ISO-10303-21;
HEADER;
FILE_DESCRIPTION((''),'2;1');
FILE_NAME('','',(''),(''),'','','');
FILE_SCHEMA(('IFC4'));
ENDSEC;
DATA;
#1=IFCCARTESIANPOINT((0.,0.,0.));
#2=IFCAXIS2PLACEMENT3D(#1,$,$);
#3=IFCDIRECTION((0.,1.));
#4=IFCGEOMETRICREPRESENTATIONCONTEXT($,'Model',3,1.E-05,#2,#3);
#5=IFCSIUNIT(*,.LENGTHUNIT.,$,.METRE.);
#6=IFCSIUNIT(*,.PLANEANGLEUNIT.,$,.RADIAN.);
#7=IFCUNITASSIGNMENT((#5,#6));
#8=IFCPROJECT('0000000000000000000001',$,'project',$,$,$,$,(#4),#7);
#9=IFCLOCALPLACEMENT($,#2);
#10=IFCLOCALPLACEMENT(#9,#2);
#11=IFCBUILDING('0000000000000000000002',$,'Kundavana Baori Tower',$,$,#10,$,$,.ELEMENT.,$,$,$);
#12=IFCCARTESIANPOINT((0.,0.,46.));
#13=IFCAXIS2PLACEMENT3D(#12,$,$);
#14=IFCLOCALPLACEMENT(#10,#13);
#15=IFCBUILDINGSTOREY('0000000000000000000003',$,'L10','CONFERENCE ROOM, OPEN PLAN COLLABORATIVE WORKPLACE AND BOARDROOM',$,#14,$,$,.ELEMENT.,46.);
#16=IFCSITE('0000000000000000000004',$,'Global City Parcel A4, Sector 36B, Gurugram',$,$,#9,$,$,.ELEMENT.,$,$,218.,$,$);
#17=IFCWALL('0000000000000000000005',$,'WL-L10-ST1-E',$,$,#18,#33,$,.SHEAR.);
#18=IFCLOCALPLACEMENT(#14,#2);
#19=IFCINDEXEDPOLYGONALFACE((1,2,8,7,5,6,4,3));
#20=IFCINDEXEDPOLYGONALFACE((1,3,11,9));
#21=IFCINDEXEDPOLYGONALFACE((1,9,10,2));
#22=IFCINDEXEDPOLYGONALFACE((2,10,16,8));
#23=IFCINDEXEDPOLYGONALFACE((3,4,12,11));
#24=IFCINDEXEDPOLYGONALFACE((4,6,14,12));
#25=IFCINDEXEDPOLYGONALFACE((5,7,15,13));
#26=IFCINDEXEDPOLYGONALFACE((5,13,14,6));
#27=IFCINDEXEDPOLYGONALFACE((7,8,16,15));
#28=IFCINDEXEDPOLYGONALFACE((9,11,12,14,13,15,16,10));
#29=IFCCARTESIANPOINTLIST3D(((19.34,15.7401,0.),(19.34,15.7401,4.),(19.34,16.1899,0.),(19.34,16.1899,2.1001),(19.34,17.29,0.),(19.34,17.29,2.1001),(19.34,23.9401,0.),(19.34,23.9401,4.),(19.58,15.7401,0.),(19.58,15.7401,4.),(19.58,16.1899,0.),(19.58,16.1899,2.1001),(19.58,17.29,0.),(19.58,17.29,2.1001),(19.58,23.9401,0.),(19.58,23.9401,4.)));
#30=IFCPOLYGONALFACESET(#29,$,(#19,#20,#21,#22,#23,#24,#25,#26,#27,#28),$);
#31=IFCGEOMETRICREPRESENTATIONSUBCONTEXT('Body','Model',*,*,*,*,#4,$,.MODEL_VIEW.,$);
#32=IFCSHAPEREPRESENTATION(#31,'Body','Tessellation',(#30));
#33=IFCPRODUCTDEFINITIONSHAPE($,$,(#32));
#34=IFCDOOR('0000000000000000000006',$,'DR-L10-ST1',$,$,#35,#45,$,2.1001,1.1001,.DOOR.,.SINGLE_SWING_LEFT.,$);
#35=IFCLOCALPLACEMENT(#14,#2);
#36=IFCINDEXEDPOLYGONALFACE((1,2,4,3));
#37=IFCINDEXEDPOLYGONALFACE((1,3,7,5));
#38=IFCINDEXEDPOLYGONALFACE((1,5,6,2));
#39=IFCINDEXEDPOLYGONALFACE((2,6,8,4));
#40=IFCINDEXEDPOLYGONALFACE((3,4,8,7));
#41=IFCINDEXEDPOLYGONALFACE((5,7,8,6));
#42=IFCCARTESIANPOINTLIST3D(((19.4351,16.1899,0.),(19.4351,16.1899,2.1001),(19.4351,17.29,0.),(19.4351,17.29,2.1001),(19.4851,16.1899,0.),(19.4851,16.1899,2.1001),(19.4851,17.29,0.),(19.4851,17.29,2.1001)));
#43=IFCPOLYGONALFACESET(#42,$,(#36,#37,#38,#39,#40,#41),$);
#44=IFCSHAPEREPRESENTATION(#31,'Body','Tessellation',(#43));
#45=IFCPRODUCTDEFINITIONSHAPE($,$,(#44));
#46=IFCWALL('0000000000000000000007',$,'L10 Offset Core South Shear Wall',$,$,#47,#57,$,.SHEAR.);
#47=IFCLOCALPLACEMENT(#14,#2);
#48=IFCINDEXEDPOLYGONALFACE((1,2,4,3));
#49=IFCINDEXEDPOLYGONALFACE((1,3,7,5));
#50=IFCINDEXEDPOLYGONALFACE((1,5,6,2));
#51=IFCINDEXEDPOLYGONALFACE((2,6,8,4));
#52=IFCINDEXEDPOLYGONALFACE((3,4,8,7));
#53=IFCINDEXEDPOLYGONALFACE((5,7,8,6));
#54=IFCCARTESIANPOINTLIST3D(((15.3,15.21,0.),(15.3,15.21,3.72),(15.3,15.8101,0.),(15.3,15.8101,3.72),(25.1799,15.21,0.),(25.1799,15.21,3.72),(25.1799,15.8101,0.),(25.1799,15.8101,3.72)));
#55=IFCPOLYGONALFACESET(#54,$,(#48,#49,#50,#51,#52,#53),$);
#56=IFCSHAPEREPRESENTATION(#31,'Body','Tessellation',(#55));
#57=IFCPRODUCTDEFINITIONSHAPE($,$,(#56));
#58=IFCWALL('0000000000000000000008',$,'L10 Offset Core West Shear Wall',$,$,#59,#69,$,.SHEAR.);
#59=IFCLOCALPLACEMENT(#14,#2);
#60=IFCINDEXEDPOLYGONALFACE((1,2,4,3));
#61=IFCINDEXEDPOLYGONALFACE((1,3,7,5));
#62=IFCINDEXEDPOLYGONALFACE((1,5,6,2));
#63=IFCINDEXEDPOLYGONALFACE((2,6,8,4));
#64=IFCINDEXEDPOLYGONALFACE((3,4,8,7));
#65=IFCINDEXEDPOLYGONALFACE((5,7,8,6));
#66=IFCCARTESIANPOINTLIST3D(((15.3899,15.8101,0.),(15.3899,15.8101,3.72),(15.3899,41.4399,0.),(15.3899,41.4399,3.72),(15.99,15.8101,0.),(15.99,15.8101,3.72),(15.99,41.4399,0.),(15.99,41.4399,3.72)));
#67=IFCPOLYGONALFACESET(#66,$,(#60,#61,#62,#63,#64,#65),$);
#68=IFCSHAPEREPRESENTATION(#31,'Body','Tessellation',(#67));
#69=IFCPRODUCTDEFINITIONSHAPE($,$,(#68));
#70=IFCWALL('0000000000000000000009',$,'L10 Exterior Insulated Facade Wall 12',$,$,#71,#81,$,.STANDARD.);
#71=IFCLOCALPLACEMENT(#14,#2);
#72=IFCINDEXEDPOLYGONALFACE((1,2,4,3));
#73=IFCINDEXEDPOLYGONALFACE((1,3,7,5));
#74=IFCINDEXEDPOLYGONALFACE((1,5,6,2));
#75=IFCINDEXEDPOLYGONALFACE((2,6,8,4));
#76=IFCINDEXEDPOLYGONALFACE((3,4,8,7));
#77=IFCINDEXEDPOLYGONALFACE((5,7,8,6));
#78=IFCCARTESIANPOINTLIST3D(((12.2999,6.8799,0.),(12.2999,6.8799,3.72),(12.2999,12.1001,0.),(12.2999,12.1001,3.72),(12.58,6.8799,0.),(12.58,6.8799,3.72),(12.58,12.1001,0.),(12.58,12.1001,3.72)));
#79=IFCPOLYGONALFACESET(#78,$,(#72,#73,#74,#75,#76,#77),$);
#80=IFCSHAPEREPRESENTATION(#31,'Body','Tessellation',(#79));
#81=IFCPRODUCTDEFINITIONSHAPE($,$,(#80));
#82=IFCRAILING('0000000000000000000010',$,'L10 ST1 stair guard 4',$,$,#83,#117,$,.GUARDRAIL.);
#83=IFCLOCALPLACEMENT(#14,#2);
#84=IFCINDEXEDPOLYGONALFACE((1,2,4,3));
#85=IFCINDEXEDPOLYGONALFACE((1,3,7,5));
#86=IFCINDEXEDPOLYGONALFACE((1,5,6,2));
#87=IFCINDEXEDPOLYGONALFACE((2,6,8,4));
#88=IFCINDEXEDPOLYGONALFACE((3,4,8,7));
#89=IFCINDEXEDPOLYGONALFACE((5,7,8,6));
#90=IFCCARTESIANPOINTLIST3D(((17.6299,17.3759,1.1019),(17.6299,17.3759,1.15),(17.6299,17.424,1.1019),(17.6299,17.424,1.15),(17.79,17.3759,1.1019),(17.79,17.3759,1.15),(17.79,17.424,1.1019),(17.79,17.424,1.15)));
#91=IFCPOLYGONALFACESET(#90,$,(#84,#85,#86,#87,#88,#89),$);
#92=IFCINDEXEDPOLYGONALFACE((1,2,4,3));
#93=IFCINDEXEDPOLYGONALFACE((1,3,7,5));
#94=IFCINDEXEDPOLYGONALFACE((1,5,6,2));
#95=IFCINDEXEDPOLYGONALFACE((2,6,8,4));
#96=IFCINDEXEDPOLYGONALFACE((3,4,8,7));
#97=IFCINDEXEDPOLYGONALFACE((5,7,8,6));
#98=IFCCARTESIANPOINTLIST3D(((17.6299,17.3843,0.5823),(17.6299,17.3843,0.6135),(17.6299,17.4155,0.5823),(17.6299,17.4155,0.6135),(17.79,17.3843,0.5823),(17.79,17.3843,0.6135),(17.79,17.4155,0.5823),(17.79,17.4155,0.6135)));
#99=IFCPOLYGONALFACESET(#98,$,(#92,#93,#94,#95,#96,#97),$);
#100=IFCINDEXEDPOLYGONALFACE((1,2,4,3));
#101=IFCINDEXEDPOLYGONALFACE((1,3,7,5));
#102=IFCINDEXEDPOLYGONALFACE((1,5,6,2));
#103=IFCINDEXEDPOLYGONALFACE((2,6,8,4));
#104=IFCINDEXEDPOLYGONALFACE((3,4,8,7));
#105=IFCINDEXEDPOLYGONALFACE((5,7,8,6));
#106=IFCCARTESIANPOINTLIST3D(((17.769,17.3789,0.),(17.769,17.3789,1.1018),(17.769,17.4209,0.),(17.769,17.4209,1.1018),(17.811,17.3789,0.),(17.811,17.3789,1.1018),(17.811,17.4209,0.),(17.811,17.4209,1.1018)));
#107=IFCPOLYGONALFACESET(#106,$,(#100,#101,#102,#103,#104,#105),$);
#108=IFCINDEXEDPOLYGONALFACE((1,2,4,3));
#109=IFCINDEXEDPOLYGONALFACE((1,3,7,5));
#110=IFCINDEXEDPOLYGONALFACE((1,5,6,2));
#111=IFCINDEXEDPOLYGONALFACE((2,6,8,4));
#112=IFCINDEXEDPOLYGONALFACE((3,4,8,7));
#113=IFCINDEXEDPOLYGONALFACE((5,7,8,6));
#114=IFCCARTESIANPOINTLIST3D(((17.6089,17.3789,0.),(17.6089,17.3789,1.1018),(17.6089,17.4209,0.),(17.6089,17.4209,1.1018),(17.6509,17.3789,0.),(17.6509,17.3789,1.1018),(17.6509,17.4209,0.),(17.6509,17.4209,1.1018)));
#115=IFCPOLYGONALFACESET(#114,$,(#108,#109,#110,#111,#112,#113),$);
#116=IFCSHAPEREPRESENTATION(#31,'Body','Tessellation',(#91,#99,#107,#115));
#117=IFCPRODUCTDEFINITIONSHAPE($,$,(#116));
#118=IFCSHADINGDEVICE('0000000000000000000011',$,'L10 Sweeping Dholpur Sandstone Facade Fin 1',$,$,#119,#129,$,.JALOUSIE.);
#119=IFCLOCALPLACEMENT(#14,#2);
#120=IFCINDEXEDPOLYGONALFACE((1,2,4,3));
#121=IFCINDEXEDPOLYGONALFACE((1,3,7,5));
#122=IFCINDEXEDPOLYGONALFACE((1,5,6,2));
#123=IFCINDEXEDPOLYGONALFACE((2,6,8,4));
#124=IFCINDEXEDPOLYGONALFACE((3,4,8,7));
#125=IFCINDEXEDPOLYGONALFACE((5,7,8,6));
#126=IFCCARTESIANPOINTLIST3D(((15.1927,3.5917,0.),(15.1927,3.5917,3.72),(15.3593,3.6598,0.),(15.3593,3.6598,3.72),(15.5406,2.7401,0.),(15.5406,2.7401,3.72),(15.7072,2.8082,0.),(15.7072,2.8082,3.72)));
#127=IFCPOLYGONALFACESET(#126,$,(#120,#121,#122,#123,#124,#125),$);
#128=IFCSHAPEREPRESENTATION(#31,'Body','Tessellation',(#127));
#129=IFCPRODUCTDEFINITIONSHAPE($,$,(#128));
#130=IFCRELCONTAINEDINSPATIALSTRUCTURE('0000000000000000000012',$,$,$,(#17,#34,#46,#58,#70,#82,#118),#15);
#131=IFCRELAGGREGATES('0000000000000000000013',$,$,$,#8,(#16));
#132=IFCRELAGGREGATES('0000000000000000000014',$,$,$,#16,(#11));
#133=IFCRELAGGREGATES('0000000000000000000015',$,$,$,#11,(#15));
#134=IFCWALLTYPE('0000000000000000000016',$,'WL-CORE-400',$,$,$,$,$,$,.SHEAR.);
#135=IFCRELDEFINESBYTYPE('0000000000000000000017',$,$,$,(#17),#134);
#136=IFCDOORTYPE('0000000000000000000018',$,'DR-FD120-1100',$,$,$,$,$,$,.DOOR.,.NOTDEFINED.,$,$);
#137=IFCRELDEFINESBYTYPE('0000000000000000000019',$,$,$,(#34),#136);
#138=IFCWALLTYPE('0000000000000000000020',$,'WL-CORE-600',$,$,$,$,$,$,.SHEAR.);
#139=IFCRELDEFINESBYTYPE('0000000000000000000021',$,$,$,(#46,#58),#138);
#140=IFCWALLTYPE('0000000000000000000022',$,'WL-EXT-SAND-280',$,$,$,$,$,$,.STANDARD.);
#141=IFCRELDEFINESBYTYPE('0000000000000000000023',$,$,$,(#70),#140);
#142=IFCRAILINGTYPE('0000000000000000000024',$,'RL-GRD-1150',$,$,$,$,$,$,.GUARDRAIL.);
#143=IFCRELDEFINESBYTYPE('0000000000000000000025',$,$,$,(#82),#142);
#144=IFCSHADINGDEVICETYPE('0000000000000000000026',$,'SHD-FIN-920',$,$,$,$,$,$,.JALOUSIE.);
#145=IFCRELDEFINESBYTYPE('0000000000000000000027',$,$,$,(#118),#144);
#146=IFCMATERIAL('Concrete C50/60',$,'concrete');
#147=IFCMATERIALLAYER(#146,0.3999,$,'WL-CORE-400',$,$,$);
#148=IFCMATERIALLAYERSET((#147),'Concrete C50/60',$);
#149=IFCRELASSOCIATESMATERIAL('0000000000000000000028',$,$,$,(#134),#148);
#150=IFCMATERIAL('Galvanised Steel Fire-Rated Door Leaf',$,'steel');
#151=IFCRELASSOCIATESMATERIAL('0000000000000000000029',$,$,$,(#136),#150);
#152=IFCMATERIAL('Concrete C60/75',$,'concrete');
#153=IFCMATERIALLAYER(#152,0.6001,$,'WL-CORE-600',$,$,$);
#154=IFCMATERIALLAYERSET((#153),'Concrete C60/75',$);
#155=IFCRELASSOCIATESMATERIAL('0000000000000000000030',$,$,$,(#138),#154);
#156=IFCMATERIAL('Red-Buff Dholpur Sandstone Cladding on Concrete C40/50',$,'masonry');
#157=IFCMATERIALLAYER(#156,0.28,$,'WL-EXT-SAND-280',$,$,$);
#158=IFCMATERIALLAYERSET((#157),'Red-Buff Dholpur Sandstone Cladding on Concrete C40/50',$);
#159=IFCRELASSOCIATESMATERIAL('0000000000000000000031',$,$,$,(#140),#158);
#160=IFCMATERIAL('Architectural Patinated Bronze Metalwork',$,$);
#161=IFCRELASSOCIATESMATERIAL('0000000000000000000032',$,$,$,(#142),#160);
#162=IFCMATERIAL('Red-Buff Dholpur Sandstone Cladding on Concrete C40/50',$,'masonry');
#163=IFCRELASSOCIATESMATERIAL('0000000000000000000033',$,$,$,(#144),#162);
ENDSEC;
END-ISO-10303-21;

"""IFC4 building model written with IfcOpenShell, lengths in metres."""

from ifc_helpers import new_model, si_unit, direction, frame, frame_2d, origin, origin_2d, place, context, subcontext, project, spatial, rectangle, extrude, material, layer, layer_set, type_object, element, fill, save


model = new_model("IFC4")

# Units and contexts
model_context = context("Model", 3, precision=1e-05, world=origin(), true_north=direction((0.0, 1.0)))
body_context = subcontext(model_context, "Body", "Model", "MODEL_VIEW")
ifc_project = project(units=[si_unit("LENGTHUNIT", "METRE"), si_unit("PLANEANGLEUNIT", "RADIAN")], contexts=[model_context])

# Site, building, storey
site_placement = place(None, origin())
site = spatial("IfcSite", under=ifc_project, at=site_placement, Name="Global City Parcel A4, Sector 36B, Gurugram", CompositionType="ELEMENT", RefElevation=218.0)
building_placement = place(site_placement, origin())
building = spatial("IfcBuilding", under=site, at=building_placement, Name="Kundavana Baori Tower", CompositionType="ELEMENT")
storey_placement = place(building_placement, frame((0.0, 0.0, 46.0)))
storey = spatial("IfcBuildingStorey", under=building, at=storey_placement, Name="L10", Description="CONFERENCE ROOM, OPEN PLAN COLLABORATIVE WORKPLACE AND BOARDROOM", CompositionType="ELEMENT", Elevation=46.0)

# Wall, opening, door
ifc_material_1 = material(Name="Concrete C50/60", Category="concrete")
ifc_layer_1 = layer(ifc_material_1, 0.3999, Name="WL-CORE-400")
ifc_layer_set_1 = layer_set([ifc_layer_1], Name="Concrete C50/60")
wall_type_1 = type_object("IfcWallType", Name="WL-CORE-400", PredefinedType="SHEAR", material=ifc_layer_set_1)
wall_1_placement = place(storey_placement, frame((19.46, 15.74, 0.0), z_axis=(0.0, 0.0, 1.0), x_axis=(0.0, 1.0, 0.0)))
wall_1 = element("IfcWall", 1, at=wall_1_placement, inside=storey, type_object=wall_type_1, Name="WL-L10-ST1-E", PredefinedType="SHEAR", context=body_context, shape_type="SweptSolid", body=[
    extrude(rectangle(XDim=8.2, YDim=0.24, at=frame_2d((4.1001, 0.0))), origin(), (0.0, 0.0, 1.0), 4.0),
])
opening_1_placement = place(wall_1_placement, frame((0.45, 0.0, 0.0)))
opening_1 = element("IfcOpeningElement", 2, at=opening_1_placement, cuts=wall_1, PredefinedType="OPENING", context=body_context, shape_type="SweptSolid", body=[
    extrude(rectangle(XDim=1.1001, YDim=2.1001, at=frame_2d((0.55, 1.05))), frame((0.0, 0.1299, 0.0), z_axis=(0.0, -1.0, 0.0), x_axis=(1.0, 0.0, 0.0)), (0.0, 0.0, 1.0), 0.26),
])
ifc_material_2 = material(Name="Galvanised Steel Fire-Rated Door Leaf", Category="steel")
door_type_1 = type_object("IfcDoorType", Name="DR-FD120-1100", OperationType="NOTDEFINED", PredefinedType="DOOR", material=ifc_material_2)
door_1_placement = place(opening_1_placement, origin())
door_1 = element("IfcDoor", 3, at=door_1_placement, inside=storey, type_object=door_type_1, Name="DR-L10-ST1", OperationType="SINGLE_SWING_LEFT", OverallHeight=2.1001, OverallWidth=1.1001, PredefinedType="DOOR", context=body_context, shape_type="SweptSolid", body=[
    extrude(rectangle(XDim=1.1001, YDim=2.1001, at=frame_2d((0.55, 1.05))), frame((0.0, 0.0249, 0.0), z_axis=(0.0, -1.0, 0.0), x_axis=(1.0, 0.0, 0.0)), (0.0, 0.0, 1.0), 0.05),
])
fill(opening_1, door_1)

# Walls
ifc_material_3 = material(Name="Concrete C60/75", Category="concrete")
ifc_layer_2 = layer(ifc_material_3, 0.6001, Name="WL-CORE-600")
ifc_layer_set_2 = layer_set([ifc_layer_2], Name="Concrete C60/75")
wall_type_2 = type_object("IfcWallType", Name="WL-CORE-600", PredefinedType="SHEAR", material=ifc_layer_set_2)
wall_2_placement = place(storey_placement, frame((15.3, 15.51, 0.0), z_axis=(0.0, 0.0, 1.0), x_axis=(1.0, 0.0, 0.0)))
element("IfcWall", 4, at=wall_2_placement, inside=storey, type_object=wall_type_2, Name="L10 Offset Core South Shear Wall", PredefinedType="SHEAR", context=body_context, shape_type="SweptSolid", body=[
    extrude(rectangle(XDim=9.8799, YDim=0.6001, at=frame_2d((4.9399, 0.0))), origin(), (0.0, 0.0, 1.0), 3.72),
])
wall_3_placement = place(storey_placement, frame((15.6899, 15.8101, 0.0), z_axis=(0.0, 0.0, 1.0), x_axis=(0.0, 1.0, 0.0)))
element("IfcWall", 5, at=wall_3_placement, inside=storey, type_object=wall_type_2, Name="L10 Offset Core West Shear Wall", PredefinedType="SHEAR", context=body_context, shape_type="SweptSolid", body=[
    extrude(rectangle(XDim=25.6299, YDim=0.6001, at=frame_2d((12.8149, 0.0))), origin(), (0.0, 0.0, 1.0), 3.72),
])

# Wall
ifc_material_4 = material(Name="Red-Buff Dholpur Sandstone Cladding on Concrete C40/50", Category="masonry")
ifc_layer_3 = layer(ifc_material_4, 0.28, Name="WL-EXT-SAND-280")
ifc_layer_set_3 = layer_set([ifc_layer_3], Name="Red-Buff Dholpur Sandstone Cladding on Concrete C40/50")
wall_type_3 = type_object("IfcWallType", Name="WL-EXT-SAND-280", PredefinedType="STANDARD", material=ifc_layer_set_3)
wall_4_placement = place(storey_placement, frame((12.4399, 12.1001, 0.0), z_axis=(0.0, 0.0, 1.0), x_axis=(0.0, -1.0, 0.0)))
element("IfcWall", 6, at=wall_4_placement, inside=storey, type_object=wall_type_3, Name="L10 Exterior Insulated Facade Wall 12", PredefinedType="STANDARD", context=body_context, shape_type="SweptSolid", body=[
    extrude(rectangle(XDim=5.2202, YDim=0.28, at=frame_2d((2.6101, 0.0))), origin(), (0.0, 0.0, 1.0), 3.72),
])

# Railing
ifc_material_5 = material(Name="Architectural Patinated Bronze Metalwork")
railing_type = type_object("IfcRailingType", Name="RL-GRD-1150", PredefinedType="GUARDRAIL", material=ifc_material_5)
railing_placement = place(storey_placement, frame((17.79, 17.3999, 0.0)))
element("IfcRailing", 7, at=railing_placement, inside=storey, type_object=railing_type, Name="L10 ST1 stair guard 4", PredefinedType="GUARDRAIL", context=body_context, shape_type="SweptSolid", body=[
    extrude(rectangle(XDim=0.0481, YDim=0.0481, at=origin_2d()), frame((0.0, 0.0, 1.126), z_axis=(-1.0, 0.0, 0.0), x_axis=(0.0, -1.0, 0.0)), (0.0, 0.0, 1.0), 0.1602),
    extrude(rectangle(XDim=0.0312, YDim=0.0312, at=origin_2d()), frame((0.0, 0.0, 0.5979), z_axis=(-1.0, 0.0, 0.0), x_axis=(0.0, -1.0, 0.0)), (0.0, 0.0, 1.0), 0.1602),
    extrude(rectangle(XDim=0.042, YDim=0.042, at=origin_2d()), origin(), (0.0, 0.0, 1.0), 1.1018),
    extrude(rectangle(XDim=0.042, YDim=0.042, at=origin_2d()), frame((-0.1602, 0.0, 0.0)), (0.0, 0.0, 1.0), 1.1018),
])

# Shading device
ifc_material_6 = material(Name="Red-Buff Dholpur Sandstone Cladding on Concrete C40/50", Category="masonry")
shading_device_type = type_object("IfcShadingDeviceType", Name="SHD-FIN-920", PredefinedType="JALOUSIE", material=ifc_material_6)
shading_device_placement = place(storey_placement, frame((15.45, 3.2, 0.0), z_axis=(0.0, 0.0, 1.0), x_axis=(0.925739, 0.378164, 0.0)))
element("IfcShadingDevice", 8, at=shading_device_placement, inside=storey, type_object=shading_device_type, Name="L10 Sweeping Dholpur Sandstone Facade Fin 1", PredefinedType="JALOUSIE", context=body_context, shape_type="SweptSolid", body=[
    extrude(rectangle(XDim=0.1799, YDim=0.9199, at=origin_2d()), origin(), (0.0, 0.0, 1.0), 3.72),
])

save(model, "model.ifc")
